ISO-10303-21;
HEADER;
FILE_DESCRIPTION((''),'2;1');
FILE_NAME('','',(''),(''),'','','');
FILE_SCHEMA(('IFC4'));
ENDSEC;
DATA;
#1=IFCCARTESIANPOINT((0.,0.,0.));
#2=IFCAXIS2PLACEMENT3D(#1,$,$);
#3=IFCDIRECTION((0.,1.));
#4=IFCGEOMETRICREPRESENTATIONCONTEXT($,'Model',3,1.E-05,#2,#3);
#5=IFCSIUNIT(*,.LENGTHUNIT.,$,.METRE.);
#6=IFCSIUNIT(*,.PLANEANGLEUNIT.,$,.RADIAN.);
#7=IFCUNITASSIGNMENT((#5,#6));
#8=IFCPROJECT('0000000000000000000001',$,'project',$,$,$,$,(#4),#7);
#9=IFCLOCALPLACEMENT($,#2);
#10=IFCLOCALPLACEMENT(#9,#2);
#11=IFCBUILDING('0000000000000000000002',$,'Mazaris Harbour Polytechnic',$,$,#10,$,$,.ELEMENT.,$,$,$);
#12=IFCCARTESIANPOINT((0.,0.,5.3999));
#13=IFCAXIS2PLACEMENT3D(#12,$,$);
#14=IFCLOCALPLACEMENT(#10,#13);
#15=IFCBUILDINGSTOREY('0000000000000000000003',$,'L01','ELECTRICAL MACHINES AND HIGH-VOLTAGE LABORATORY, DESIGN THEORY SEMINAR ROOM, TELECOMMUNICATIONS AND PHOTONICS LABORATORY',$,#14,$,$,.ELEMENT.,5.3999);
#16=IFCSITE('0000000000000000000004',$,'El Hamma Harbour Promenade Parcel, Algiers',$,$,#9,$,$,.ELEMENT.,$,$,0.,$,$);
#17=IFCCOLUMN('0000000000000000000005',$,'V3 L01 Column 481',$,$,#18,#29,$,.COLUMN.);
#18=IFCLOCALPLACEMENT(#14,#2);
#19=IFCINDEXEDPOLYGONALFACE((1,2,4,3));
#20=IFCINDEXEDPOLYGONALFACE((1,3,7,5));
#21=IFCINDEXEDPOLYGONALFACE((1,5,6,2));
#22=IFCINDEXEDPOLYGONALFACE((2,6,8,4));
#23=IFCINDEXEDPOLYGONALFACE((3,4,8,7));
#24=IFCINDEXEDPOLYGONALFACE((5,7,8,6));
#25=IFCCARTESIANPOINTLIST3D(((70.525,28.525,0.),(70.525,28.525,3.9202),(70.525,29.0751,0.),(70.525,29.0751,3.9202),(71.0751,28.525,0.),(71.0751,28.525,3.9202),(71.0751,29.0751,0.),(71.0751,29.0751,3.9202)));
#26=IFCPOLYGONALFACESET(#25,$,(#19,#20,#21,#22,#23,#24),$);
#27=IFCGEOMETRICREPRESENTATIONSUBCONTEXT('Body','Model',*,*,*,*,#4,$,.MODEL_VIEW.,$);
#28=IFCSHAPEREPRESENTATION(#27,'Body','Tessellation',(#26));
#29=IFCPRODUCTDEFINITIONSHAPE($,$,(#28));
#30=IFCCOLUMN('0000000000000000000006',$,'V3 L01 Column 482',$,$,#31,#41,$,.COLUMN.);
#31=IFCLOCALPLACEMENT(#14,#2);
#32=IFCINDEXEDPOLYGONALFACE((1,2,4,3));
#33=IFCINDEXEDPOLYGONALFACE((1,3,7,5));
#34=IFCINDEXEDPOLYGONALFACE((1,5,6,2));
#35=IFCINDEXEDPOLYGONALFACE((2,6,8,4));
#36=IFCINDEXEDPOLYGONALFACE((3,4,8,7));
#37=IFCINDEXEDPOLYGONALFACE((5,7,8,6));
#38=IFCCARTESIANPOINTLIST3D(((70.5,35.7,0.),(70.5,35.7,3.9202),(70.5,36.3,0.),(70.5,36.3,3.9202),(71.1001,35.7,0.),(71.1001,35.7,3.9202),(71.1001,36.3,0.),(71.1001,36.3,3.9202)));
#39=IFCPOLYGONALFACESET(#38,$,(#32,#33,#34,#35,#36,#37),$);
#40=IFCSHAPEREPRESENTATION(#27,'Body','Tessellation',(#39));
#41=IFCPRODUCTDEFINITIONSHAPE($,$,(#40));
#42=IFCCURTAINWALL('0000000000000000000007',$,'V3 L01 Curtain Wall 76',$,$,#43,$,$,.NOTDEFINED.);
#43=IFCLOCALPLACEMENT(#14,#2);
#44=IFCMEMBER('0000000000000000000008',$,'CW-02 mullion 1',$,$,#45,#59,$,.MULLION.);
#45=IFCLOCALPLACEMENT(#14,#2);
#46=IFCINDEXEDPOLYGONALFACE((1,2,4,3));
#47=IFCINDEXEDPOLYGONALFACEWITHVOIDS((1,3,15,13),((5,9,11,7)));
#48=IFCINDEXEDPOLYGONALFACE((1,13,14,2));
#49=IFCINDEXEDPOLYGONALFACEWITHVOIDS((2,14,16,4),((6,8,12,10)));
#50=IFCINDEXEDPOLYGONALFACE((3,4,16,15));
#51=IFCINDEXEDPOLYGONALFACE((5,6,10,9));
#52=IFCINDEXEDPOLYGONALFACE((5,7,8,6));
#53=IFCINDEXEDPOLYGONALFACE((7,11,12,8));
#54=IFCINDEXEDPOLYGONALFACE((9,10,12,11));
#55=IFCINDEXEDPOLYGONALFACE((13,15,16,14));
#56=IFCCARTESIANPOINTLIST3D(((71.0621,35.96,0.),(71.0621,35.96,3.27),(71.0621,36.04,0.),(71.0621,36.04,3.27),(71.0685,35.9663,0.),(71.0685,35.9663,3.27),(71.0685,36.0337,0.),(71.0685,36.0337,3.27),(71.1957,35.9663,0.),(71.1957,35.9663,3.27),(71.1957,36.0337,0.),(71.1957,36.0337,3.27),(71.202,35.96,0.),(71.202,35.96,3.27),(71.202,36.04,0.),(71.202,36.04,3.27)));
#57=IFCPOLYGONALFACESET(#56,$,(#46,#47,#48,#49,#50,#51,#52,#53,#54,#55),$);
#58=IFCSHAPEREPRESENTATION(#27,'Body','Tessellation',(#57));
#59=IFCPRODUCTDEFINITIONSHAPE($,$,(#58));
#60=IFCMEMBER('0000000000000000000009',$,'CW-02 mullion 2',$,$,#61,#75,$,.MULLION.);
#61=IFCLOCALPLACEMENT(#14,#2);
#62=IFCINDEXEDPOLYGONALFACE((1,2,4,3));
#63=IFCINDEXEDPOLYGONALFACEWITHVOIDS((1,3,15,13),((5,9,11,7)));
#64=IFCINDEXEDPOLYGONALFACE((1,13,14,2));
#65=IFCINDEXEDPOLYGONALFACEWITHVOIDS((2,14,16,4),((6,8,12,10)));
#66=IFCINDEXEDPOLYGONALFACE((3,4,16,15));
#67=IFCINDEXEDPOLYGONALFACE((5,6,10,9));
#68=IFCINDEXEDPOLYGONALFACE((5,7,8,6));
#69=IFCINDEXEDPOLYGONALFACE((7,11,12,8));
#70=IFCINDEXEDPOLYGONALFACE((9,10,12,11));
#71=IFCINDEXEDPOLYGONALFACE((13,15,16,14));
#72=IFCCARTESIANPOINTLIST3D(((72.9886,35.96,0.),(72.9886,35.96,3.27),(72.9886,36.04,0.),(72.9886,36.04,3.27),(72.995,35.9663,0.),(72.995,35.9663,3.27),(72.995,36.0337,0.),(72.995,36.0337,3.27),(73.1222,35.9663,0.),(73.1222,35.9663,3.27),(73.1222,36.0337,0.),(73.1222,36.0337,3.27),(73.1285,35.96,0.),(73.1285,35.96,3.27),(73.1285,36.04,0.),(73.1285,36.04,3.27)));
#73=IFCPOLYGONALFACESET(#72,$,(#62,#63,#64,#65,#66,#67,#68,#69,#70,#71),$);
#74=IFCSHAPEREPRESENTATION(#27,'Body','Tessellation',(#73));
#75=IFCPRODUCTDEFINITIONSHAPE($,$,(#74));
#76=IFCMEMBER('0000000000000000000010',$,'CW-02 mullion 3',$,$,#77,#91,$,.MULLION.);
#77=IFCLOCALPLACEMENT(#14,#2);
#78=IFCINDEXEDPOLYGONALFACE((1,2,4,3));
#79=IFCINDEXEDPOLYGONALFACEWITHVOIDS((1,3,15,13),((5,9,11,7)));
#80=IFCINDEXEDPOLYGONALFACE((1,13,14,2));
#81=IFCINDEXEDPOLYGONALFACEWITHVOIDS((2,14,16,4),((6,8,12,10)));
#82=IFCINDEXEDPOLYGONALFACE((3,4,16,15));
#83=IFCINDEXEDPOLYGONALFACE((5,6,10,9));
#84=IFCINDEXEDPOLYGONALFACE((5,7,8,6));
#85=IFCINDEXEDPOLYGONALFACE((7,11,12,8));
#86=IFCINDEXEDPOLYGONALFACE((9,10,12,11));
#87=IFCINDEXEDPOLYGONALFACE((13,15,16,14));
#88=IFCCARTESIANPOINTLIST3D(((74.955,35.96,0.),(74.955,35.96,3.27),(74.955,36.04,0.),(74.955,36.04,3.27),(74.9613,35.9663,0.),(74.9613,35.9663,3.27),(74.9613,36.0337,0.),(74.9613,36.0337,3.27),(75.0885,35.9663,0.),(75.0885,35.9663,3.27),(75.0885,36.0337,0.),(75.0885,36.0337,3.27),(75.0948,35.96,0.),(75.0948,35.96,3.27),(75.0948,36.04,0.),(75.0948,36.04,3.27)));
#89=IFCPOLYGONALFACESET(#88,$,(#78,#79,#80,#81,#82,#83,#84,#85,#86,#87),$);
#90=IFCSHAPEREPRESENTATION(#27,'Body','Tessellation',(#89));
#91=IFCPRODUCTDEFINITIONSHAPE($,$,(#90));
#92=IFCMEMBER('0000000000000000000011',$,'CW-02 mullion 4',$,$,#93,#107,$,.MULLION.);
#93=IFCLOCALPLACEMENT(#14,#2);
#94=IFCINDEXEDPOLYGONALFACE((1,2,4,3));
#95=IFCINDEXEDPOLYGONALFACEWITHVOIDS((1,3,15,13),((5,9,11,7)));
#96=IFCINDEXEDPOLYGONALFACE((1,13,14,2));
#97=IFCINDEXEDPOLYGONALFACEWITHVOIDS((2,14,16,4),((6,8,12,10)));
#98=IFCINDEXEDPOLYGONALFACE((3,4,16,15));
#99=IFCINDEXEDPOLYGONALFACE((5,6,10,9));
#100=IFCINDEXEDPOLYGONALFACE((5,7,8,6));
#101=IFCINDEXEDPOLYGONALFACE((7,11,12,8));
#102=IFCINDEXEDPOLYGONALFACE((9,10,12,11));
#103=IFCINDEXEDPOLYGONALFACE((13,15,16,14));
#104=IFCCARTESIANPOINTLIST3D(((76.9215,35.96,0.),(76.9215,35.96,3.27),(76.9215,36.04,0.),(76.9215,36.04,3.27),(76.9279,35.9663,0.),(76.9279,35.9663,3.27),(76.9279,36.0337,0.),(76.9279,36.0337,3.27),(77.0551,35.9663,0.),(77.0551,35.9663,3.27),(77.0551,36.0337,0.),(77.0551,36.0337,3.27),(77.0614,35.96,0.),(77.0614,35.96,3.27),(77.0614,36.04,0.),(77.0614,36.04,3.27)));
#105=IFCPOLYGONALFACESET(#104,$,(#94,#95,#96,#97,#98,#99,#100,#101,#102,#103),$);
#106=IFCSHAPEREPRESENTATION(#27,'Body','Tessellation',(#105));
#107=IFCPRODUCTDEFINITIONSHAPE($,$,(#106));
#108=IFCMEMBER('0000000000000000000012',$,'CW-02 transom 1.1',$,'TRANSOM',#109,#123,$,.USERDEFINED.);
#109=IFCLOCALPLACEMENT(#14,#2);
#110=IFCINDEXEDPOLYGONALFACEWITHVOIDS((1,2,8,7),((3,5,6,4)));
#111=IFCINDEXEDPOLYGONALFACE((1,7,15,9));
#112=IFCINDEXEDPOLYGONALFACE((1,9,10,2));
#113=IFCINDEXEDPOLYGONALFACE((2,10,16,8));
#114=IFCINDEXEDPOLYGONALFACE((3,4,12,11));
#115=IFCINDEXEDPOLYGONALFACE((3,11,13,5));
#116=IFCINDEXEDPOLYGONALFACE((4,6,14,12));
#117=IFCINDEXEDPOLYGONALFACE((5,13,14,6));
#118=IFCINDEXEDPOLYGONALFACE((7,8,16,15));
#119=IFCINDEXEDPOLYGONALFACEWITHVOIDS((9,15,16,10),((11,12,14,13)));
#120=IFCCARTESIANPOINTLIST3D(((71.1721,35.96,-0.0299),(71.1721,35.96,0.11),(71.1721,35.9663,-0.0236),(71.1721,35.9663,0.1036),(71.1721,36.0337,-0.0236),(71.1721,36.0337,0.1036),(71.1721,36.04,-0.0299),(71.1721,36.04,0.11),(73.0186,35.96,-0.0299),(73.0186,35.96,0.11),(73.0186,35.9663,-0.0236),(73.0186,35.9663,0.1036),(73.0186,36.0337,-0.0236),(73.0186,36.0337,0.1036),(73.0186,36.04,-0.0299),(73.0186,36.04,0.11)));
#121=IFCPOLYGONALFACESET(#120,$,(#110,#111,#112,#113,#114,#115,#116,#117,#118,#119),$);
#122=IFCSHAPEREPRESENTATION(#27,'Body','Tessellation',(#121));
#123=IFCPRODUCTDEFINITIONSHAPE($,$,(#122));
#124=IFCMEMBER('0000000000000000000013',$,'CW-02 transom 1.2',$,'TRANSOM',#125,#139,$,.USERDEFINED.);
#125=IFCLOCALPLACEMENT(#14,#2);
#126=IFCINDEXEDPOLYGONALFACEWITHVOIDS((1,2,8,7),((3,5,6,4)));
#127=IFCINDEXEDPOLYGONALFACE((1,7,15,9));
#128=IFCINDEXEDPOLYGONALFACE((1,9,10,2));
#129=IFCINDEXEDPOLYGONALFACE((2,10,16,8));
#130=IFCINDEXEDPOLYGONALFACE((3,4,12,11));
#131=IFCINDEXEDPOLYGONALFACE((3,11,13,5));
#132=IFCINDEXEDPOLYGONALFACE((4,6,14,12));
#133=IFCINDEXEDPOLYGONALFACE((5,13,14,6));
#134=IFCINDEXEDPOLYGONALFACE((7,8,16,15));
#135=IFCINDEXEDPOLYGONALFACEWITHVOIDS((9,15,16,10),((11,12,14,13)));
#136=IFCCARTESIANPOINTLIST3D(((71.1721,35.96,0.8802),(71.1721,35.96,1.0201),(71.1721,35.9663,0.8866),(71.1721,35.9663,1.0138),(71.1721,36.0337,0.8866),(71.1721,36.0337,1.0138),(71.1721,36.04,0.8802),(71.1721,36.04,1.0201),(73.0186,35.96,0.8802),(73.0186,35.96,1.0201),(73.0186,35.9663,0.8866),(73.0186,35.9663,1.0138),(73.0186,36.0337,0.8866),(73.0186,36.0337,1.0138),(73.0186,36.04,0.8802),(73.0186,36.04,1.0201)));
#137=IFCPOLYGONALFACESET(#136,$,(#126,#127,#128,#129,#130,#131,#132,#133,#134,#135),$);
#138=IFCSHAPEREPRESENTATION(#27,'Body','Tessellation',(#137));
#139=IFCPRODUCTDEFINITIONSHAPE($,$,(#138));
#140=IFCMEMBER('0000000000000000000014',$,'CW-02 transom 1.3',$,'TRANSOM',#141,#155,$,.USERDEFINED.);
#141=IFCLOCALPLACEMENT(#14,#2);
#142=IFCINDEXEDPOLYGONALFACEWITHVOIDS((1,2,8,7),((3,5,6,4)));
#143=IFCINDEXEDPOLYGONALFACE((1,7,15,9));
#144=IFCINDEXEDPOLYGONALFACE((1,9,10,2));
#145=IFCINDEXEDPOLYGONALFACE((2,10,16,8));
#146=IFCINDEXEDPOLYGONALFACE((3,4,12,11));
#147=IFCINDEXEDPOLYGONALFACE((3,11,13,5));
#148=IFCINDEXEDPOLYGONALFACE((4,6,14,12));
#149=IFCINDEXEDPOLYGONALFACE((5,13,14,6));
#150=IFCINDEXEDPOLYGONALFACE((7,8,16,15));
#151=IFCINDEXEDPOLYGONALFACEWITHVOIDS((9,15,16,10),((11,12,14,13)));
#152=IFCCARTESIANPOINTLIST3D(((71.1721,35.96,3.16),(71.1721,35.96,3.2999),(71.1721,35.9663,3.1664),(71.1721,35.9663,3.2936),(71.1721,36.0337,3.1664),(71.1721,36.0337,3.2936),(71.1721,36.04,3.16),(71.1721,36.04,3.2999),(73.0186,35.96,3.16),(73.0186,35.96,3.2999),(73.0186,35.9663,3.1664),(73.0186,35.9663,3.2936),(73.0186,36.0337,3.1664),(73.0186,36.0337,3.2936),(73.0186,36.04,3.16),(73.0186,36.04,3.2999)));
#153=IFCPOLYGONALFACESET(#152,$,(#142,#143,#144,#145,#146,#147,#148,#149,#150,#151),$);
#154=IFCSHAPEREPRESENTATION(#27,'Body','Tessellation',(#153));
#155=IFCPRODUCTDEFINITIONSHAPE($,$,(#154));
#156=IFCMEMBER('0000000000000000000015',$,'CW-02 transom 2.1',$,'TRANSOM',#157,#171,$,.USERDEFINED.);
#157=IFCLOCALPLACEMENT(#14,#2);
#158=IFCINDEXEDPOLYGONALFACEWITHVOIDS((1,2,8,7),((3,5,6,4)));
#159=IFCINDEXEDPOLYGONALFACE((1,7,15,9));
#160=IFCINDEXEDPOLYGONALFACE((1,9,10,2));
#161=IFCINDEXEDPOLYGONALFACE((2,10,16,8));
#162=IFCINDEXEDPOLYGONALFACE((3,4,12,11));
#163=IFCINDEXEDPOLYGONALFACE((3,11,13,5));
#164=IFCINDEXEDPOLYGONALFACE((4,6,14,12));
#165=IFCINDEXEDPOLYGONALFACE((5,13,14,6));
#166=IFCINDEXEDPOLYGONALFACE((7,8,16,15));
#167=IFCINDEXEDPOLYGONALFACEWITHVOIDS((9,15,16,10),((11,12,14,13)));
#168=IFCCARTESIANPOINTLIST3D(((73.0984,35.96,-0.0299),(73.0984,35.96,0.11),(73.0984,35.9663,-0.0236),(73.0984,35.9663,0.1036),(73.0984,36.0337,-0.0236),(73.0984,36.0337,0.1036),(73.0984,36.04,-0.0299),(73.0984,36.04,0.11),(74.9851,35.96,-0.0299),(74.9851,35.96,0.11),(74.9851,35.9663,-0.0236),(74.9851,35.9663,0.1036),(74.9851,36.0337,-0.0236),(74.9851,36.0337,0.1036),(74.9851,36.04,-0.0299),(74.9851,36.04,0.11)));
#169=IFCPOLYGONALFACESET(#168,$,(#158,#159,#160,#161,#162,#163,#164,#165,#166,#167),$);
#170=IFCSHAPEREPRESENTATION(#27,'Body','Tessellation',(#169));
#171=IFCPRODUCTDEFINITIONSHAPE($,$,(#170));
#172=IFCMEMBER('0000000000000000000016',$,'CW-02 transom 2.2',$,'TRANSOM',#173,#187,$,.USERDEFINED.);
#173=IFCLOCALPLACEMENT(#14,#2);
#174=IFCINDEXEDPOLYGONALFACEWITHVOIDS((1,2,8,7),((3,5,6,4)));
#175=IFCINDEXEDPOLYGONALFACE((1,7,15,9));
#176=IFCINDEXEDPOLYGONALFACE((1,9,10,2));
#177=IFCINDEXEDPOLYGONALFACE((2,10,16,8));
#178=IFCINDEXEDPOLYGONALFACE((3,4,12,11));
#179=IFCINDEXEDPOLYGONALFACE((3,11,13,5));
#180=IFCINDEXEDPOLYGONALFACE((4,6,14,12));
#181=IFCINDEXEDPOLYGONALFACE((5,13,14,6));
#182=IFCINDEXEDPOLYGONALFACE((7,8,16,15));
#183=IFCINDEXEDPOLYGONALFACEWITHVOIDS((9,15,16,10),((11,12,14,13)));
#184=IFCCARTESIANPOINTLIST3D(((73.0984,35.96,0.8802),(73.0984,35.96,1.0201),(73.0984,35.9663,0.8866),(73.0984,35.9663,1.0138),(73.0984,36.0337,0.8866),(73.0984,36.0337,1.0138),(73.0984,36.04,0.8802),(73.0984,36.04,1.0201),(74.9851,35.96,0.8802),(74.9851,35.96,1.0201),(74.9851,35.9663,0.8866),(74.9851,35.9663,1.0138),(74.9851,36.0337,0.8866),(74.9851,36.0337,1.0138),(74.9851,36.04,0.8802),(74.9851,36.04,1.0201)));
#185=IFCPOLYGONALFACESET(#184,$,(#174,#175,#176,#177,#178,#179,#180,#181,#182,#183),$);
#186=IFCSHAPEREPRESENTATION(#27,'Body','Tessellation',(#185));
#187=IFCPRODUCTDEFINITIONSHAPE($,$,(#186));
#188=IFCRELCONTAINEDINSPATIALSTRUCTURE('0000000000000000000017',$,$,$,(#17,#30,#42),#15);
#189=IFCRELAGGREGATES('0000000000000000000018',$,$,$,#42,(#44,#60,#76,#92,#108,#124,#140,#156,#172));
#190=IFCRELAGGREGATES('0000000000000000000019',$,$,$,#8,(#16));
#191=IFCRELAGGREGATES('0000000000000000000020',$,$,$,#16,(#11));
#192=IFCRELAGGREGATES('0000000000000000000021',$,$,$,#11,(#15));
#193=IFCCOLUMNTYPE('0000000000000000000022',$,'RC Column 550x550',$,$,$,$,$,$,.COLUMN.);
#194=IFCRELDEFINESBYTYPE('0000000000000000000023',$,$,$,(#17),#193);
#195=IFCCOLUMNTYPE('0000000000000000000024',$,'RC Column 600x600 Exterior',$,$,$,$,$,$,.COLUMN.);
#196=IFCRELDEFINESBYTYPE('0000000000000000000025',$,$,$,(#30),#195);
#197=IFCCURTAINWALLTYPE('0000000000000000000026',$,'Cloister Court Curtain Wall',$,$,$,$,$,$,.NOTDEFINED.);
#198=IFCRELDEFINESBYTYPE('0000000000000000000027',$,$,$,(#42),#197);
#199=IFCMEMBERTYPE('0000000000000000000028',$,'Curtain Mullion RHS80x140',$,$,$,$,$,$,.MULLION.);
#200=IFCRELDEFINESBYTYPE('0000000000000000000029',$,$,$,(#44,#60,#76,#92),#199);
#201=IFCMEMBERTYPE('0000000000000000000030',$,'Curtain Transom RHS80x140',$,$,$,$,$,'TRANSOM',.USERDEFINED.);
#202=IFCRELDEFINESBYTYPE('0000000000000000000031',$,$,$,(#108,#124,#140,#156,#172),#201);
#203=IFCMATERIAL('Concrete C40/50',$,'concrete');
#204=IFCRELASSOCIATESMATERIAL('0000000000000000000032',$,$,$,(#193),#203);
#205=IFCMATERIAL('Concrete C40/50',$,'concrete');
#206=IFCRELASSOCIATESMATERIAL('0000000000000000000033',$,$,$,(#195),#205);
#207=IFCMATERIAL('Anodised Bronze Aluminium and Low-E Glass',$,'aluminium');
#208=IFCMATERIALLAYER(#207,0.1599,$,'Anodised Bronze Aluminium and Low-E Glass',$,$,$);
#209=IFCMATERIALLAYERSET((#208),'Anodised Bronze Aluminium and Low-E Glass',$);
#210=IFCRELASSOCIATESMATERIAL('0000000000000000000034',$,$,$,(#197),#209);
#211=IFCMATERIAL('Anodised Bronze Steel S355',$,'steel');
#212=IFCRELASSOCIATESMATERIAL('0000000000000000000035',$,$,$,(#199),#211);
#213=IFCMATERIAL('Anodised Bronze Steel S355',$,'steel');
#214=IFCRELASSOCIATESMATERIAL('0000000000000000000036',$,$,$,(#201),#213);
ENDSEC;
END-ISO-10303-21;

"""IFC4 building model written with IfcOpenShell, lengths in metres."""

from ifc_helpers import new_model, si_unit, direction, frame, origin, origin_2d, place, context, subcontext, project, spatial, rectangle, hollow_rectangle, extrude, material, layer, layer_set, material_profile, profile_set, type_object, element, aggregate, save


model = new_model("IFC4")

# Units and contexts
model_context = context("Model", 3, precision=1e-05, world=origin(), true_north=direction((0.0, 1.0)))
body_context = subcontext(model_context, "Body", "Model", "MODEL_VIEW")
ifc_project = project(units=[si_unit("LENGTHUNIT", "METRE"), si_unit("PLANEANGLEUNIT", "RADIAN")], contexts=[model_context])

# Site, building, storey
site_placement = place(None, origin())
site = spatial("IfcSite", under=ifc_project, at=site_placement, Name="El Hamma Harbour Promenade Parcel, Algiers", CompositionType="ELEMENT", RefElevation=0.0)
building_placement = place(site_placement, origin())
building = spatial("IfcBuilding", under=site, at=building_placement, Name="Mazaris Harbour Polytechnic", CompositionType="ELEMENT")
storey_placement = place(building_placement, frame((0.0, 0.0, 5.3999)))
storey = spatial("IfcBuildingStorey", under=building, at=storey_placement, Name="L01", Description="ELECTRICAL MACHINES AND HIGH-VOLTAGE LABORATORY, DESIGN THEORY SEMINAR ROOM, TELECOMMUNICATIONS AND PHOTONICS LABORATORY", CompositionType="ELEMENT", Elevation=5.3999)

# Columns
ifc_material_1 = material(Name="Concrete C40/50", Category="concrete")
ifc_material_profile_1 = material_profile(ifc_material_1, rectangle(XDim=0.55, YDim=0.55, at=origin_2d()), Name="RECT550x550")
ifc_profile_set_1 = profile_set([ifc_material_profile_1], Name="Concrete C40/50")
column_type_1 = type_object("IfcColumnType", Name="RC Column 550x550", PredefinedType="COLUMN", material=ifc_profile_set_1)
column_1_placement = place(storey_placement, frame((70.8, 28.8, 0.0), z_axis=(0.0, 0.0, 1.0), x_axis=(1.0, 0.0, 0.0)))
element("IfcColumn", 1, at=column_1_placement, inside=storey, type_object=column_type_1, Name="V3 L01 Column 481", PredefinedType="COLUMN", context=body_context, shape_type="SweptSolid", body=[
    extrude(rectangle(XDim=0.55, YDim=0.55, at=origin_2d()), origin(), (0.0, 0.0, 1.0), 3.9202),
])
ifc_material_2 = material(Name="Concrete C40/50", Category="concrete")
ifc_material_profile_2 = material_profile(ifc_material_2, rectangle(XDim=0.6001, YDim=0.6001, at=origin_2d()), Name="RECT600x600")
ifc_profile_set_2 = profile_set([ifc_material_profile_2], Name="Concrete C40/50")
column_type_2 = type_object("IfcColumnType", Name="RC Column 600x600 Exterior", PredefinedType="COLUMN", material=ifc_profile_set_2)
column_2_placement = place(storey_placement, frame((70.8, 36.0, 0.0), z_axis=(0.0, 0.0, 1.0), x_axis=(1.0, 0.0, 0.0)))
element("IfcColumn", 2, at=column_2_placement, inside=storey, type_object=column_type_2, Name="V3 L01 Column 482", PredefinedType="COLUMN", context=body_context, shape_type="SweptSolid", body=[
    extrude(rectangle(XDim=0.6001, YDim=0.6001, at=origin_2d()), origin(), (0.0, 0.0, 1.0), 3.9202),
])

# Curtain wall, members
ifc_material_3 = material(Name="Anodised Bronze Aluminium and Low-E Glass", Category="aluminium")
ifc_layer_1 = layer(ifc_material_3, 0.1599, Name="Anodised Bronze Aluminium and Low-E Glass")
ifc_layer_set_1 = layer_set([ifc_layer_1], Name="Anodised Bronze Aluminium and Low-E Glass")
curtain_wall_type = type_object("IfcCurtainWallType", Name="Cloister Court Curtain Wall", PredefinedType="NOTDEFINED", material=ifc_layer_set_1)
curtain_wall_placement = place(storey_placement, origin())
curtain_wall = element("IfcCurtainWall", 3, at=curtain_wall_placement, inside=storey, type_object=curtain_wall_type, Name="V3 L01 Curtain Wall 76", PredefinedType="NOTDEFINED")
ifc_material_4 = material(Name="Anodised Bronze Steel S355", Category="steel")
ifc_material_profile_3 = material_profile(ifc_material_4, hollow_rectangle(XDim=0.0801, YDim=0.1399, WallThickness=0.0063, at=origin_2d()), Name="RHS 80x140x6.3")
ifc_profile_set_3 = profile_set([ifc_material_profile_3], Name="Anodised Bronze Steel S355")
member_type_1 = type_object("IfcMemberType", Name="Curtain Mullion RHS80x140", PredefinedType="MULLION", material=ifc_profile_set_3)
member_1_placement = place(storey_placement, frame((71.1321, 36.0, 0.0), z_axis=(0.0, 0.0, 1.0), x_axis=(0.0, 1.0, 0.0)))
member_1 = element("IfcMember", 4, at=member_1_placement, type_object=member_type_1, Name="CW-02 mullion 1", PredefinedType="MULLION", context=body_context, shape_type="SweptSolid", body=[
    extrude(hollow_rectangle(XDim=0.0801, YDim=0.1399, WallThickness=0.0063, at=origin_2d()), origin(), (0.0, 0.0, 1.0), 3.27),
])
member_2_placement = place(storey_placement, frame((73.0586, 36.0, 0.0), z_axis=(0.0, 0.0, 1.0), x_axis=(0.0, 1.0, 0.0)))
member_2 = element("IfcMember", 5, at=member_2_placement, type_object=member_type_1, Name="CW-02 mullion 2", PredefinedType="MULLION", context=body_context, shape_type="SweptSolid", body=[
    extrude(hollow_rectangle(XDim=0.0801, YDim=0.1399, WallThickness=0.0063, at=origin_2d()), origin(), (0.0, 0.0, 1.0), 3.27),
])
member_3_placement = place(storey_placement, frame((75.0249, 36.0, 0.0), z_axis=(0.0, 0.0, 1.0), x_axis=(0.0, 1.0, 0.0)))
member_3 = element("IfcMember", 6, at=member_3_placement, type_object=member_type_1, Name="CW-02 mullion 3", PredefinedType="MULLION", context=body_context, shape_type="SweptSolid", body=[
    extrude(hollow_rectangle(XDim=0.0801, YDim=0.1399, WallThickness=0.0063, at=origin_2d()), origin(), (0.0, 0.0, 1.0), 3.27),
])
member_4_placement = place(storey_placement, frame((76.9915, 36.0, 0.0), z_axis=(0.0, 0.0, 1.0), x_axis=(0.0, 1.0, 0.0)))
member_4 = element("IfcMember", 7, at=member_4_placement, type_object=member_type_1, Name="CW-02 mullion 4", PredefinedType="MULLION", context=body_context, shape_type="SweptSolid", body=[
    extrude(hollow_rectangle(XDim=0.0801, YDim=0.1399, WallThickness=0.0063, at=origin_2d()), origin(), (0.0, 0.0, 1.0), 3.27),
])
ifc_material_5 = material(Name="Anodised Bronze Steel S355", Category="steel")
ifc_material_profile_4 = material_profile(ifc_material_5, hollow_rectangle(XDim=0.0801, YDim=0.1399, WallThickness=0.0063, at=origin_2d()), Name="RHS 80x140x6.3")
ifc_profile_set_4 = profile_set([ifc_material_profile_4], Name="Anodised Bronze Steel S355")
member_type_2 = type_object("IfcMemberType", Name="Curtain Transom RHS80x140", ElementType="TRANSOM", PredefinedType="USERDEFINED", material=ifc_profile_set_4)
member_5_placement = place(storey_placement, frame((71.1721, 36.0, 0.04), z_axis=(1.0, 0.0, 0.0), x_axis=(0.0, 1.0, 0.0)))
member_5 = element("IfcMember", 8, at=member_5_placement, type_object=member_type_2, Name="CW-02 transom 1.1", ObjectType="TRANSOM", PredefinedType="USERDEFINED", context=body_context, shape_type="SweptSolid", body=[
    extrude(hollow_rectangle(XDim=0.0801, YDim=0.1399, WallThickness=0.0063, at=origin_2d()), origin(), (0.0, 0.0, 1.0), 1.8464),
])
member_6_placement = place(storey_placement, frame((71.1721, 36.0, 0.9502), z_axis=(1.0, 0.0, 0.0), x_axis=(0.0, 1.0, 0.0)))
member_6 = element("IfcMember", 9, at=member_6_placement, type_object=member_type_2, Name="CW-02 transom 1.2", ObjectType="TRANSOM", PredefinedType="USERDEFINED", context=body_context, shape_type="SweptSolid", body=[
    extrude(hollow_rectangle(XDim=0.0801, YDim=0.1399, WallThickness=0.0063, at=origin_2d()), origin(), (0.0, 0.0, 1.0), 1.8464),
])
member_7_placement = place(storey_placement, frame((71.1721, 36.0, 3.23), z_axis=(1.0, 0.0, 0.0), x_axis=(0.0, 1.0, 0.0)))
member_7 = element("IfcMember", 10, at=member_7_placement, type_object=member_type_2, Name="CW-02 transom 1.3", ObjectType="TRANSOM", PredefinedType="USERDEFINED", context=body_context, shape_type="SweptSolid", body=[
    extrude(hollow_rectangle(XDim=0.0801, YDim=0.1399, WallThickness=0.0063, at=origin_2d()), origin(), (0.0, 0.0, 1.0), 1.8464),
])
member_8_placement = place(storey_placement, frame((73.0984, 36.0, 0.04), z_axis=(1.0, 0.0, 0.0), x_axis=(0.0, 1.0, 0.0)))
member_8 = element("IfcMember", 11, at=member_8_placement, type_object=member_type_2, Name="CW-02 transom 2.1", ObjectType="TRANSOM", PredefinedType="USERDEFINED", context=body_context, shape_type="SweptSolid", body=[
    extrude(hollow_rectangle(XDim=0.0801, YDim=0.1399, WallThickness=0.0063, at=origin_2d()), origin(), (0.0, 0.0, 1.0), 1.8867),
])
member_9_placement = place(storey_placement, frame((73.0984, 36.0, 0.9502), z_axis=(1.0, 0.0, 0.0), x_axis=(0.0, 1.0, 0.0)))
member_9 = element("IfcMember", 12, at=member_9_placement, type_object=member_type_2, Name="CW-02 transom 2.2", ObjectType="TRANSOM", PredefinedType="USERDEFINED", context=body_context, shape_type="SweptSolid", body=[
    extrude(hollow_rectangle(XDim=0.0801, YDim=0.1399, WallThickness=0.0063, at=origin_2d()), origin(), (0.0, 0.0, 1.0), 1.8867),
])

aggregate(curtain_wall, [member_1, member_2, member_3, member_4, member_5, member_6, member_7, member_8, member_9])

save(model, "model.ifc")
